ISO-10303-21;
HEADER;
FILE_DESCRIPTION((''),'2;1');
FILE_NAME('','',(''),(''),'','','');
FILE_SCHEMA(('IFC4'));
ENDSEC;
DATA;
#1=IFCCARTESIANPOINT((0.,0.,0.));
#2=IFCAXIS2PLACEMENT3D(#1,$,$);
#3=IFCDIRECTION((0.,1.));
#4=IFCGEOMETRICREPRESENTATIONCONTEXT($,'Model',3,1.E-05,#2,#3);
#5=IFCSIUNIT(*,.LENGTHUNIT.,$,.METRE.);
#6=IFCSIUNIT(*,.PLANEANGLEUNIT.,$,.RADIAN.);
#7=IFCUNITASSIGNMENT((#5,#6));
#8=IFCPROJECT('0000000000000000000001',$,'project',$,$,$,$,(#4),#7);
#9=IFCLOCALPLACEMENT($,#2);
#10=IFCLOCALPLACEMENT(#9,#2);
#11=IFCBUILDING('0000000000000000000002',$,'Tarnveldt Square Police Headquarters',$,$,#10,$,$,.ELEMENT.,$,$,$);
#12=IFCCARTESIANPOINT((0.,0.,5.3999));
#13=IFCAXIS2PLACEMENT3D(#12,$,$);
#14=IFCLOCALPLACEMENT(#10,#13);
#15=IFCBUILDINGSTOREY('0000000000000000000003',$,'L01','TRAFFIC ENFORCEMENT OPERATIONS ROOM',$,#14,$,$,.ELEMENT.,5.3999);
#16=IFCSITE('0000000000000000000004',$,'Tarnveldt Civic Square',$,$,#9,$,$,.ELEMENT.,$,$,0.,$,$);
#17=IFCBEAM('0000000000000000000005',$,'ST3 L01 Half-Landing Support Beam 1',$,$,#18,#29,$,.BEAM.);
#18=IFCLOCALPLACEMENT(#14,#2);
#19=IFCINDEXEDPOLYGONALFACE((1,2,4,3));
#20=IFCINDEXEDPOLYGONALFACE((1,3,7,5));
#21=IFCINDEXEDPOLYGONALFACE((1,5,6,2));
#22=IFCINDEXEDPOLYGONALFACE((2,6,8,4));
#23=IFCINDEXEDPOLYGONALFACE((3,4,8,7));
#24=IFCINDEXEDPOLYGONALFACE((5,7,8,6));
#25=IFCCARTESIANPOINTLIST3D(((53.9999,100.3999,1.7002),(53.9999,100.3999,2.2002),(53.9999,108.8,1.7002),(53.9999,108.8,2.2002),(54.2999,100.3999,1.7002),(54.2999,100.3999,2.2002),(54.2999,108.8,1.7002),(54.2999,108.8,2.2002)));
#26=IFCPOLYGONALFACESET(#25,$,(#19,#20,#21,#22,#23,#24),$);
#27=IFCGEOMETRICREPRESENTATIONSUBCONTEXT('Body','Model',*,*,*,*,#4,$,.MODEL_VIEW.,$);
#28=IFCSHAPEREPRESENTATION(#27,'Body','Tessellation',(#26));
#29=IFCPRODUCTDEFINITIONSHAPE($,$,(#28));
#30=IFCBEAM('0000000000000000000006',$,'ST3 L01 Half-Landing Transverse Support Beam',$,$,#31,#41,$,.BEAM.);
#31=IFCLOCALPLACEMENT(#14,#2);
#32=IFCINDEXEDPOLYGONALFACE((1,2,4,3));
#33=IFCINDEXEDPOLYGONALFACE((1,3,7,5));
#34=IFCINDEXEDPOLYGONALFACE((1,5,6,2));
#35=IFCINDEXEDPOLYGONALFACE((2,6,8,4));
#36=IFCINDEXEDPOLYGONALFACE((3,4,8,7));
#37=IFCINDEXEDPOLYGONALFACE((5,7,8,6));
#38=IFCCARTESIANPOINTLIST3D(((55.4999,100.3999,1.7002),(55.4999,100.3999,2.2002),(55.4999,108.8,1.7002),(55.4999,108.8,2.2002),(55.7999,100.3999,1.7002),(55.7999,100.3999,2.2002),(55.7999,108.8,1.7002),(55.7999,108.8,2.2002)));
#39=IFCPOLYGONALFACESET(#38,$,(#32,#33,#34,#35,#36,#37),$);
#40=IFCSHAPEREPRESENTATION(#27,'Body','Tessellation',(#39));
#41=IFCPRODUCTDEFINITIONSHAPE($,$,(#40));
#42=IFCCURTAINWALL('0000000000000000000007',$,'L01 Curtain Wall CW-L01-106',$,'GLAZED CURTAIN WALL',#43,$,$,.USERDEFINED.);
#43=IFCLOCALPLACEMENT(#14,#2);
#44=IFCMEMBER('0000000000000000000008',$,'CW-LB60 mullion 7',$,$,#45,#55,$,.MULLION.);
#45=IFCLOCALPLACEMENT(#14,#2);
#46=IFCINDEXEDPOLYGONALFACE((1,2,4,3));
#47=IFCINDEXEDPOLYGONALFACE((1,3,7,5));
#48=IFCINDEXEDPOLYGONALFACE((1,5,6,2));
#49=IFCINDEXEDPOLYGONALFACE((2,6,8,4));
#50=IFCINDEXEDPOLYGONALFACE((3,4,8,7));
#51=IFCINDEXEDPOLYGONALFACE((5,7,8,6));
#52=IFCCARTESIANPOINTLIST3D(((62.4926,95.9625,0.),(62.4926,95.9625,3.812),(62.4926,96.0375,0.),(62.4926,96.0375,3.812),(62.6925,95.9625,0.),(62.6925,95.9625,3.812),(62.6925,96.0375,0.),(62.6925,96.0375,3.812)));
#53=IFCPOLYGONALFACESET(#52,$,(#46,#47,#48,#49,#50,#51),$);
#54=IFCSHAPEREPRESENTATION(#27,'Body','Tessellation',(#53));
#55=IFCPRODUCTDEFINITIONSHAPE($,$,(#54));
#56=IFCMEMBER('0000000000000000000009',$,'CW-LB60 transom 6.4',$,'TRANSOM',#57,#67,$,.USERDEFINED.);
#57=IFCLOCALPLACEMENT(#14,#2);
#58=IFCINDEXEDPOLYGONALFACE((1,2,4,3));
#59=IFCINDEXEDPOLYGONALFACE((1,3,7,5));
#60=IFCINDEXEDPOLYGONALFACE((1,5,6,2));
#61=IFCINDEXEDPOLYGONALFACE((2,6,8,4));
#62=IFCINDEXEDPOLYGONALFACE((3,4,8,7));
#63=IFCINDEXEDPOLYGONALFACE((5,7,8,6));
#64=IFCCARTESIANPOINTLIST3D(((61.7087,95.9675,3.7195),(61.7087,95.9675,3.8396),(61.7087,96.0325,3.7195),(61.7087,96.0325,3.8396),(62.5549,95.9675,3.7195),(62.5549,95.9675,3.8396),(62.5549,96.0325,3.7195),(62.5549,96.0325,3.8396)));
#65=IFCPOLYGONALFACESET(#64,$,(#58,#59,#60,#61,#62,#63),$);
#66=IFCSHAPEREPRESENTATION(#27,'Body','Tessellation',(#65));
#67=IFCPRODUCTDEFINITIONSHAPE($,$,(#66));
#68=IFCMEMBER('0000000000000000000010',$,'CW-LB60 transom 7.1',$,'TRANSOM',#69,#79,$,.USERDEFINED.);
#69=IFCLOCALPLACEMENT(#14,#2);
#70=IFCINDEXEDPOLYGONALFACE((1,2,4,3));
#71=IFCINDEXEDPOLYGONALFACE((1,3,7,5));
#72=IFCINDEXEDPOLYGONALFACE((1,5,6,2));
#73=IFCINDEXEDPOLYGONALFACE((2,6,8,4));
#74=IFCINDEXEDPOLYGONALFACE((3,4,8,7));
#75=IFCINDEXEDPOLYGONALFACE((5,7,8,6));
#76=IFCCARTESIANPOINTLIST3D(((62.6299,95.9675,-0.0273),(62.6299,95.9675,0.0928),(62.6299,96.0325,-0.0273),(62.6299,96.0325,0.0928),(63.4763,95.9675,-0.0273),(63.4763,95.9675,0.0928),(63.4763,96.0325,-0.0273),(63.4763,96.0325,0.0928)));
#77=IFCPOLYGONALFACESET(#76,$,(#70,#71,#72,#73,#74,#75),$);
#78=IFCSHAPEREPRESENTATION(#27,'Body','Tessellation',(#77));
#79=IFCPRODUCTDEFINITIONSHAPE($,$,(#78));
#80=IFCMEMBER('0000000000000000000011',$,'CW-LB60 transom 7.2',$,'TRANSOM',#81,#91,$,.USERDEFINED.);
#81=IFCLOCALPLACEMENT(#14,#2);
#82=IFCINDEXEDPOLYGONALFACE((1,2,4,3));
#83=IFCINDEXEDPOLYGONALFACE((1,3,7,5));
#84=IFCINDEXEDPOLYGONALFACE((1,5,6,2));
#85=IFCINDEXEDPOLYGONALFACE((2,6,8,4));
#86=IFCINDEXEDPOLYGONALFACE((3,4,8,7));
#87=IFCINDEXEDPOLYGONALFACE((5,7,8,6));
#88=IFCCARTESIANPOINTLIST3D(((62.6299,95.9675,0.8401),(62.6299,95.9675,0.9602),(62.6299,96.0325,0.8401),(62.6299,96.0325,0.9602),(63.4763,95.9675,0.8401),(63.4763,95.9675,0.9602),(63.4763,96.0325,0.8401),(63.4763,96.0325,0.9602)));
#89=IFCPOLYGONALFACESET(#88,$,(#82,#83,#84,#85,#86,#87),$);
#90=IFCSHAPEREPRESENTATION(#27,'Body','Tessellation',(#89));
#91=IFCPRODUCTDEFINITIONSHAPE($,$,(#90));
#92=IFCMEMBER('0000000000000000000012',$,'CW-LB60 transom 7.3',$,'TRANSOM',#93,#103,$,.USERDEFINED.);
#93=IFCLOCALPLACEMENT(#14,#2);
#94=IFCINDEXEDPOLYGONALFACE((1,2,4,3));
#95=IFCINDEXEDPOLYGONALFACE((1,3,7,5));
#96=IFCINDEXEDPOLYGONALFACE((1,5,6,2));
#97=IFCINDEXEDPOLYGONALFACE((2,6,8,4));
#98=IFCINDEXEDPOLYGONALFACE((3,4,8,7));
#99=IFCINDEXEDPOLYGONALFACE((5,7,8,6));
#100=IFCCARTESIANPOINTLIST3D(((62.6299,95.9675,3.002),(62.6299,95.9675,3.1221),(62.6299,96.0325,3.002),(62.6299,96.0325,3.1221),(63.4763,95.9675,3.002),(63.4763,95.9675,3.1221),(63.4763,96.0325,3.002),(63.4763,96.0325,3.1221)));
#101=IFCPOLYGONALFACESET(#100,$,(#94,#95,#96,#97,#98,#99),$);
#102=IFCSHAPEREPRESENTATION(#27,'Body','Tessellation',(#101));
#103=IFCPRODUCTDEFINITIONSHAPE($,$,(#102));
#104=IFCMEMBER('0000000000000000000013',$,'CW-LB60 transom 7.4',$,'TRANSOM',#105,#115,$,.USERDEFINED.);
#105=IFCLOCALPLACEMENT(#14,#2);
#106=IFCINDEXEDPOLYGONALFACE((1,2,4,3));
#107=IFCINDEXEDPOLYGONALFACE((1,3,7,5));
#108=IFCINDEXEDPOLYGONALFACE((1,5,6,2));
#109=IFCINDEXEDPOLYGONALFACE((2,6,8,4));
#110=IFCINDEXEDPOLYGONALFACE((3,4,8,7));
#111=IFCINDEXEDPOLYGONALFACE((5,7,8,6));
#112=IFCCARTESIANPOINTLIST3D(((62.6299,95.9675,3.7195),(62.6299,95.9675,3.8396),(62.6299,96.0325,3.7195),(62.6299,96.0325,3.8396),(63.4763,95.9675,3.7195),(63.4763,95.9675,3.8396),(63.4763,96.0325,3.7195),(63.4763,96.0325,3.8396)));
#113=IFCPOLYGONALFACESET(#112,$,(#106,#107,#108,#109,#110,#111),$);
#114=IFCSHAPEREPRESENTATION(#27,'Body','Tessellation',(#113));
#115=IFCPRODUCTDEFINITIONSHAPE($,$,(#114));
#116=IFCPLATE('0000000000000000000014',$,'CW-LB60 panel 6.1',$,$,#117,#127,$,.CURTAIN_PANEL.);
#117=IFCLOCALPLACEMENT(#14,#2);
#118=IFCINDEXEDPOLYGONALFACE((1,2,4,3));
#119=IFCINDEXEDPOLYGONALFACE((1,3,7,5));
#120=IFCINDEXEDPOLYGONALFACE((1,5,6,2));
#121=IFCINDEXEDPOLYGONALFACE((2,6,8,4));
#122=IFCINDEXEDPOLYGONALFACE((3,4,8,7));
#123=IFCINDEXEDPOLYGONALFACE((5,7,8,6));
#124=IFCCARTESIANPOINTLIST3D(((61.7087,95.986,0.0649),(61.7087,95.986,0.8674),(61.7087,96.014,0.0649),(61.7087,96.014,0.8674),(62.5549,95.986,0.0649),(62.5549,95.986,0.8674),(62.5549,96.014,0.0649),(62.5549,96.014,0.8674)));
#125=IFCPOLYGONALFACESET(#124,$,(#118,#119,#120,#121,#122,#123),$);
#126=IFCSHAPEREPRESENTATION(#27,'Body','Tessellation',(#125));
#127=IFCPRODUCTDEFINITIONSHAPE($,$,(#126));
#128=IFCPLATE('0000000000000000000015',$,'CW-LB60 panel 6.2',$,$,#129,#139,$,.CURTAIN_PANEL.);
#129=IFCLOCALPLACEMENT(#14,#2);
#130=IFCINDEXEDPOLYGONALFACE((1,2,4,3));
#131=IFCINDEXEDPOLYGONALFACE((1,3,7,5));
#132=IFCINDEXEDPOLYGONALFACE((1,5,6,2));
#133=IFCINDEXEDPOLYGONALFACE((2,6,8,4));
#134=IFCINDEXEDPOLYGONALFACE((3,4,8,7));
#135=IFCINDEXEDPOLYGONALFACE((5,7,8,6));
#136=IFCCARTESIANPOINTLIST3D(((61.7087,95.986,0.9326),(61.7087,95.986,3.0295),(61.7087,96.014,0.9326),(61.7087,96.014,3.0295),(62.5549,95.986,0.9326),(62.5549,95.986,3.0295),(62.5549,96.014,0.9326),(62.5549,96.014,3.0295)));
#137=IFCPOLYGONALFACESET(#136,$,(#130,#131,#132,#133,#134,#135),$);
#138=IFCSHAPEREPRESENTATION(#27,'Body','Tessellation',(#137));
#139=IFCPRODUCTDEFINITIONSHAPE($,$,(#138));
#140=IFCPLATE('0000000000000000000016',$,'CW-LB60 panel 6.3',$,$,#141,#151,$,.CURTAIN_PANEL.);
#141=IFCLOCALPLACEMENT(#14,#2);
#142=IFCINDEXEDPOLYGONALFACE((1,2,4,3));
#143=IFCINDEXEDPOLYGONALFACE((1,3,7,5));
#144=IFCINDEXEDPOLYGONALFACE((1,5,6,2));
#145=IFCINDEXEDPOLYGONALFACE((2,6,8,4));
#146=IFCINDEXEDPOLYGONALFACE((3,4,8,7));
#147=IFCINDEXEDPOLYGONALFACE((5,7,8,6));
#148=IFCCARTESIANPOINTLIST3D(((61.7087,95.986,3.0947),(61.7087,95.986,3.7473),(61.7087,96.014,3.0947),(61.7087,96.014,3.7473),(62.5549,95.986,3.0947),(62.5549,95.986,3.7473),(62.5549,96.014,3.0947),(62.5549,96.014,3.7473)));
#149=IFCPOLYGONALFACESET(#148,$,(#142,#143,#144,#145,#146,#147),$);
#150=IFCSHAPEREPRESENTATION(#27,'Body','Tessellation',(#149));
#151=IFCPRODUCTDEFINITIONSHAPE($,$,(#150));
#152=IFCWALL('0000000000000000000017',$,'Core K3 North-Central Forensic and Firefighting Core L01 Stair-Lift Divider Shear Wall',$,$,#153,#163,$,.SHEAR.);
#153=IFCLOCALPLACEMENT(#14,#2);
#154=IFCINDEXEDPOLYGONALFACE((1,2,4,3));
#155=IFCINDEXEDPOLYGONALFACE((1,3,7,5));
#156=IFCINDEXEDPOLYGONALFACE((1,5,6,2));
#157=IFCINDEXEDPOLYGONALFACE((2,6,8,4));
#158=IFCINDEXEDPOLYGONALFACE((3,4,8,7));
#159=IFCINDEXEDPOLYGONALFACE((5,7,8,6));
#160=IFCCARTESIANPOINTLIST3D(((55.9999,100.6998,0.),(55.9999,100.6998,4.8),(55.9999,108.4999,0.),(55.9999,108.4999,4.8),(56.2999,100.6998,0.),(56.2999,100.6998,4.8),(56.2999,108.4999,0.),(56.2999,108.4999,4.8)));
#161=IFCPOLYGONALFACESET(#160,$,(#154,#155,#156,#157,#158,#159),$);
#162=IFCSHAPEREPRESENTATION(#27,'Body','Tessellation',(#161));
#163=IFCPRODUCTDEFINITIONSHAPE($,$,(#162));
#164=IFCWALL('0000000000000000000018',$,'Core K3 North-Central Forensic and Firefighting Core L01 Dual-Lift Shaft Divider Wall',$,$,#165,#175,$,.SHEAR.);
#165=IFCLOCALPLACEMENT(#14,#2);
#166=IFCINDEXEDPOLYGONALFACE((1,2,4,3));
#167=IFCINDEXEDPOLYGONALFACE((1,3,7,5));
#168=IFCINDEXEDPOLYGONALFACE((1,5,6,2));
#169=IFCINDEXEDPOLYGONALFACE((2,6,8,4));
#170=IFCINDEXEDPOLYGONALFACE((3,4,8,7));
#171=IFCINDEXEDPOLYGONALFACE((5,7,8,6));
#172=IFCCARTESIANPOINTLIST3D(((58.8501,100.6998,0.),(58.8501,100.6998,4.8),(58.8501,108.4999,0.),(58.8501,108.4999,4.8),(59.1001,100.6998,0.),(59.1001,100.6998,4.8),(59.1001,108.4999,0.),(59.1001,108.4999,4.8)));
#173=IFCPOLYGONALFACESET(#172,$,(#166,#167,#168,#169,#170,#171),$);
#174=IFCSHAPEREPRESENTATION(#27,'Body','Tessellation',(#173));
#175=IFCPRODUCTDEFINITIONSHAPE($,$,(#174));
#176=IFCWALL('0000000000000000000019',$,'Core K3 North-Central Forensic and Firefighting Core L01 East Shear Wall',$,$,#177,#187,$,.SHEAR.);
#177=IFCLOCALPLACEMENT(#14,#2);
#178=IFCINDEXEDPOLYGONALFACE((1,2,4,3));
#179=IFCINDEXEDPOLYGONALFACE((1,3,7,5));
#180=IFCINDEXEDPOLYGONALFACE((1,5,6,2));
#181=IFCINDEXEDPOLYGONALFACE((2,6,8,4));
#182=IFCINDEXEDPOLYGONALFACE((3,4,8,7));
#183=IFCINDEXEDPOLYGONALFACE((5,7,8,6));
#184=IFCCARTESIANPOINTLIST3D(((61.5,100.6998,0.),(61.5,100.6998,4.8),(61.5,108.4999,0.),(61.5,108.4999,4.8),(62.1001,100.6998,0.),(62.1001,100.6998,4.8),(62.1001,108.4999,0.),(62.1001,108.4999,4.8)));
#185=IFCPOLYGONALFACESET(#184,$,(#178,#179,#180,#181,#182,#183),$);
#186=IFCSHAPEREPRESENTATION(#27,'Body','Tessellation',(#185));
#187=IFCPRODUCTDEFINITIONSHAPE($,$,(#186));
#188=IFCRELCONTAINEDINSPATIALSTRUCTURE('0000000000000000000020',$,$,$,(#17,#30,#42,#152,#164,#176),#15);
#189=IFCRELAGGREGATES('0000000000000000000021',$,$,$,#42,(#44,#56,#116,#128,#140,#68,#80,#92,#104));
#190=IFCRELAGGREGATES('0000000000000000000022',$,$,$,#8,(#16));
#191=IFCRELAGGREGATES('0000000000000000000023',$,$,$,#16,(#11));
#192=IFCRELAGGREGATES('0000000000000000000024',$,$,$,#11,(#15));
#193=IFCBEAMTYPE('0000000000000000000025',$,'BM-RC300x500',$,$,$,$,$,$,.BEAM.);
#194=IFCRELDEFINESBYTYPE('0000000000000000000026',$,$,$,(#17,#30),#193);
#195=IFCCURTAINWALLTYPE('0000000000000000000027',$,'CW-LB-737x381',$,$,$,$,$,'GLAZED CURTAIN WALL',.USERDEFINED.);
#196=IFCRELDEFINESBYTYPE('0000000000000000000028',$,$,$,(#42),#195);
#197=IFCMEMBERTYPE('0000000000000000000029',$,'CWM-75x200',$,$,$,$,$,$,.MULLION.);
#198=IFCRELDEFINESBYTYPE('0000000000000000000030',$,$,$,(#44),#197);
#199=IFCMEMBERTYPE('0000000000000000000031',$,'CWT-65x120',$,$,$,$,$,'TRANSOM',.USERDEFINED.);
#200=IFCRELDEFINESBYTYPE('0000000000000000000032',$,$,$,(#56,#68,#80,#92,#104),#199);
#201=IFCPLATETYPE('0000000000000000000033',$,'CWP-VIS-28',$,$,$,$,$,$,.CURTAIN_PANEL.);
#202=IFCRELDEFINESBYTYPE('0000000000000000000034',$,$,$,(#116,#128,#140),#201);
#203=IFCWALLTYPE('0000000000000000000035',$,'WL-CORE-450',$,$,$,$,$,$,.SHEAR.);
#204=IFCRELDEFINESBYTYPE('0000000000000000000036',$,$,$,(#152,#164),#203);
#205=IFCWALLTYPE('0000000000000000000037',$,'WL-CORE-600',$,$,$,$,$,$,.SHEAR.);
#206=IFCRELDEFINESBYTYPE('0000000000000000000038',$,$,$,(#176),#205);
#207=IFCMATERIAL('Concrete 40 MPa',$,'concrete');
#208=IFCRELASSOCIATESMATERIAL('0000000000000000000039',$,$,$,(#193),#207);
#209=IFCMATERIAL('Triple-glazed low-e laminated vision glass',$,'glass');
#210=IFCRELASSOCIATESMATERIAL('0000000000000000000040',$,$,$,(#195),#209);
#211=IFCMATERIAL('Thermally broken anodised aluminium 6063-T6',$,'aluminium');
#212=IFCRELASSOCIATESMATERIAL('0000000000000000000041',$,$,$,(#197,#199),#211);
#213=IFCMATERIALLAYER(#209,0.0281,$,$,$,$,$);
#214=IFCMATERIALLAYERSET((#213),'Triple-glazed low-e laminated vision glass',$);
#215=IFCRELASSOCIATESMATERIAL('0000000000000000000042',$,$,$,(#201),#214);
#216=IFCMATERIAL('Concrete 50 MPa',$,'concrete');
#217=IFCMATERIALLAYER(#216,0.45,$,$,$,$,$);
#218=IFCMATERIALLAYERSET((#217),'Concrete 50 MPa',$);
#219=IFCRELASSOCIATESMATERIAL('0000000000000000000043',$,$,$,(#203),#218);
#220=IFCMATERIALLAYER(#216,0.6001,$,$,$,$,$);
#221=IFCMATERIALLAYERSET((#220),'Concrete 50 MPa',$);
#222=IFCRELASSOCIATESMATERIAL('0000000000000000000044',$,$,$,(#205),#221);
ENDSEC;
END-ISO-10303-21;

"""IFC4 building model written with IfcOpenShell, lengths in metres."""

from ifc_helpers import new_model, si_unit, direction, frame, frame_2d, origin, origin_2d, place, context, subcontext, project, spatial, rectangle, extrude, material, layer, layer_set, material_profile, profile_set, type_object, element, aggregate, save


model = new_model("IFC4")

# Units and contexts
model_context = context("Model", 3, precision=1e-05, world=origin(), true_north=direction((0.0, 1.0)))
body_context = subcontext(model_context, "Body", "Model", "MODEL_VIEW")
ifc_project = project(units=[si_unit("LENGTHUNIT", "METRE"), si_unit("PLANEANGLEUNIT", "RADIAN")], contexts=[model_context])

# Site, building, storey
site_placement = place(None, origin())
site = spatial("IfcSite", under=ifc_project, at=site_placement, Name="Tarnveldt Civic Square", CompositionType="ELEMENT", RefElevation=0.0)
building_placement = place(site_placement, origin())
building = spatial("IfcBuilding", under=site, at=building_placement, Name="Tarnveldt Square Police Headquarters", CompositionType="ELEMENT")
storey_placement = place(building_placement, frame((0.0, 0.0, 5.3999)))
storey = spatial("IfcBuildingStorey", under=building, at=storey_placement, Name="L01", Description="TRAFFIC ENFORCEMENT OPERATIONS ROOM", CompositionType="ELEMENT", Elevation=5.3999)

# Beams
ifc_material_1 = material(Name="Concrete 40 MPa", Category="concrete")
ifc_material_profile_1 = material_profile(ifc_material_1, rectangle(XDim=0.3, YDim=0.5, at=origin_2d()), Name="RC-B300x500")
ifc_profile_set_1 = profile_set([ifc_material_profile_1], Name="Concrete 40 MPa")
beam_type = type_object("IfcBeamType", Name="BM-RC300x500", PredefinedType="BEAM", material=ifc_profile_set_1)
for number, where, z_axis, x_axis, name in (
    (1, (54.1499, 100.3999, 1.9502), (0.0, 1.0, 0.0), (-1.0, 0.0, 0.0), "ST3 L01 Half-Landing Support Beam 1"),
    (2, (55.6499, 100.3999, 1.9502), (0.0, 1.0, 0.0), (-1.0, 0.0, 0.0), "ST3 L01 Half-Landing Transverse Support Beam"),
):
    element("IfcBeam", number, at=place(storey_placement, frame(where, z_axis=z_axis, x_axis=x_axis)), inside=storey, type_object=beam_type, Name=name, PredefinedType="BEAM", context=body_context, shape_type="SweptSolid", body=[
        extrude(rectangle(XDim=0.3, YDim=0.5, at=origin_2d()), origin(), (0.0, 0.0, 1.0), 8.4001),
    ])

# Curtain wall, members, plates
ifc_material_2 = material(Name="Triple-glazed low-e laminated vision glass", Category="glass")
curtain_wall_type = type_object("IfcCurtainWallType", Name="CW-LB-737x381", ElementType="GLAZED CURTAIN WALL", PredefinedType="USERDEFINED", material=ifc_material_2)
curtain_wall_placement = place(storey_placement, origin())
curtain_wall = element("IfcCurtainWall", 3, at=curtain_wall_placement, inside=storey, type_object=curtain_wall_type, Name="L01 Curtain Wall CW-L01-106", ObjectType="GLAZED CURTAIN WALL", PredefinedType="USERDEFINED")
ifc_material_3 = material(Name="Thermally broken anodised aluminium 6063-T6", Category="aluminium")
ifc_material_profile_2 = material_profile(ifc_material_3, rectangle(XDim=0.075, YDim=0.2, at=origin_2d()), Name="CW-M75x200")
ifc_profile_set_2 = profile_set([ifc_material_profile_2], Name="Thermally broken anodised aluminium 6063-T6")
member_type_1 = type_object("IfcMemberType", Name="CWM-75x200", PredefinedType="MULLION", material=ifc_profile_set_2)
member_1_placement = place(storey_placement, frame((62.5925, 96.0, 0.0), z_axis=(0.0, 0.0, 1.0), x_axis=(0.0, 1.0, 0.0)))
member_1 = element("IfcMember", 4, at=member_1_placement, type_object=member_type_1, Name="CW-LB60 mullion 7", PredefinedType="MULLION", context=body_context, shape_type="SweptSolid", body=[
    extrude(rectangle(XDim=0.075, YDim=0.2, at=origin_2d()), origin(), (0.0, 0.0, 1.0), 3.812),
])
ifc_material_profile_3 = material_profile(ifc_material_3, rectangle(XDim=0.0649, YDim=0.1201, at=origin_2d()), Name="CW-T65x120")
ifc_profile_set_3 = profile_set([ifc_material_profile_3], Name="Thermally broken anodised aluminium 6063-T6")
member_type_2 = type_object("IfcMemberType", Name="CWT-65x120", ElementType="TRANSOM", PredefinedType="USERDEFINED", material=ifc_profile_set_3)
member_2_placement = place(storey_placement, frame((61.7087, 96.0, 3.7795), z_axis=(1.0, 0.0, 0.0), x_axis=(0.0, 1.0, 0.0)))
member_2 = element("IfcMember", 5, at=member_2_placement, type_object=member_type_2, Name="CW-LB60 transom 6.4", ObjectType="TRANSOM", PredefinedType="USERDEFINED", context=body_context, shape_type="SweptSolid", body=[
    extrude(rectangle(XDim=0.0649, YDim=0.1201, at=origin_2d()), origin(), (0.0, 0.0, 1.0), 0.8462),
])
member_3_placement = place(storey_placement, frame((62.6299, 96.0, 0.0327), z_axis=(1.0, 0.0, 0.0), x_axis=(0.0, 1.0, 0.0)))
member_3 = element("IfcMember", 6, at=member_3_placement, type_object=member_type_2, Name="CW-LB60 transom 7.1", ObjectType="TRANSOM", PredefinedType="USERDEFINED", context=body_context, shape_type="SweptSolid", body=[
    extrude(rectangle(XDim=0.0649, YDim=0.1201, at=origin_2d()), origin(), (0.0, 0.0, 1.0), 0.8464),
])
member_4_placement = place(storey_placement, frame((62.6299, 96.0, 0.9001), z_axis=(1.0, 0.0, 0.0), x_axis=(0.0, 1.0, 0.0)))
member_4 = element("IfcMember", 7, at=member_4_placement, type_object=member_type_2, Name="CW-LB60 transom 7.2", ObjectType="TRANSOM", PredefinedType="USERDEFINED", context=body_context, shape_type="SweptSolid", body=[
    extrude(rectangle(XDim=0.0649, YDim=0.1201, at=origin_2d()), origin(), (0.0, 0.0, 1.0), 0.8464),
])
member_5_placement = place(storey_placement, frame((62.6299, 96.0, 3.062), z_axis=(1.0, 0.0, 0.0), x_axis=(0.0, 1.0, 0.0)))
member_5 = element("IfcMember", 8, at=member_5_placement, type_object=member_type_2, Name="CW-LB60 transom 7.3", ObjectType="TRANSOM", PredefinedType="USERDEFINED", context=body_context, shape_type="SweptSolid", body=[
    extrude(rectangle(XDim=0.0649, YDim=0.1201, at=origin_2d()), origin(), (0.0, 0.0, 1.0), 0.8464),
])
member_6_placement = place(storey_placement, frame((62.6299, 96.0, 3.7795), z_axis=(1.0, 0.0, 0.0), x_axis=(0.0, 1.0, 0.0)))
member_6 = element("IfcMember", 9, at=member_6_placement, type_object=member_type_2, Name="CW-LB60 transom 7.4", ObjectType="TRANSOM", PredefinedType="USERDEFINED", context=body_context, shape_type="SweptSolid", body=[
    extrude(rectangle(XDim=0.0649, YDim=0.1201, at=origin_2d()), origin(), (0.0, 0.0, 1.0), 0.8464),
])
ifc_layer_1 = layer(ifc_material_2, 0.0281)
ifc_layer_set_1 = layer_set([ifc_layer_1], Name="Triple-glazed low-e laminated vision glass")
plate_type = type_object("IfcPlateType", Name="CWP-VIS-28", PredefinedType="CURTAIN_PANEL", material=ifc_layer_set_1)
plate_1_placement = place(storey_placement, frame((62.1318, 96.0, 0.0649), z_axis=(0.0, 0.0, 1.0), x_axis=(1.0, 0.0, 0.0)))
plate_1 = element("IfcPlate", 10, at=plate_1_placement, type_object=plate_type, Name="CW-LB60 panel 6.1", PredefinedType="CURTAIN_PANEL", context=body_context, shape_type="SweptSolid", body=[
    extrude(rectangle(XDim=0.8462, YDim=0.0281, at=origin_2d()), origin(), (0.0, 0.0, 1.0), 0.8025),
])
plate_2_placement = place(storey_placement, frame((62.1318, 96.0, 0.9326), z_axis=(0.0, 0.0, 1.0), x_axis=(1.0, 0.0, 0.0)))
plate_2 = element("IfcPlate", 11, at=plate_2_placement, type_object=plate_type, Name="CW-LB60 panel 6.2", PredefinedType="CURTAIN_PANEL", context=body_context, shape_type="SweptSolid", body=[
    extrude(rectangle(XDim=0.8462, YDim=0.0281, at=origin_2d()), origin(), (0.0, 0.0, 1.0), 2.0969),
])
plate_3_placement = place(storey_placement, frame((62.1318, 96.0, 3.0947), z_axis=(0.0, 0.0, 1.0), x_axis=(1.0, 0.0, 0.0)))
plate_3 = element("IfcPlate", 12, at=plate_3_placement, type_object=plate_type, Name="CW-LB60 panel 6.3", PredefinedType="CURTAIN_PANEL", context=body_context, shape_type="SweptSolid", body=[
    extrude(rectangle(XDim=0.8462, YDim=0.0281, at=origin_2d()), origin(), (0.0, 0.0, 1.0), 0.6526),
])
aggregate(curtain_wall, [member_1, member_2, plate_1, plate_2, plate_3, member_3, member_4, member_5, member_6])

# Walls
ifc_material_4 = material(Name="Concrete 50 MPa", Category="concrete")
ifc_layer_2 = layer(ifc_material_4, 0.45)
ifc_layer_set_2 = layer_set([ifc_layer_2], Name="Concrete 50 MPa")
wall_type_1 = type_object("IfcWallType", Name="WL-CORE-450", PredefinedType="SHEAR", material=ifc_layer_set_2)
wall_1_placement = place(storey_placement, frame((56.1499, 100.7, 0.0), z_axis=(0.0, 0.0, 1.0), x_axis=(0.0, 1.0, 0.0)))
element("IfcWall", 13, at=wall_1_placement, inside=storey, type_object=wall_type_1, Name="Core K3 North-Central Forensic and Firefighting Core L01 Stair-Lift Divider Shear Wall", PredefinedType="SHEAR", context=body_context, shape_type="SweptSolid", body=[
    extrude(rectangle(XDim=7.8, YDim=0.3, at=frame_2d((3.8999, 0.0))), origin(), (0.0, 0.0, 1.0), 4.8),
])
wall_2_placement = place(storey_placement, frame((58.9751, 100.7, 0.0), z_axis=(0.0, 0.0, 1.0), x_axis=(0.0, 1.0, 0.0)))
element("IfcWall", 14, at=wall_2_placement, inside=storey, type_object=wall_type_1, Name="Core K3 North-Central Forensic and Firefighting Core L01 Dual-Lift Shaft Divider Wall", PredefinedType="SHEAR", context=body_context, shape_type="SweptSolid", body=[
    extrude(rectangle(XDim=7.8, YDim=0.25, at=frame_2d((3.8999, 0.0))), origin(), (0.0, 0.0, 1.0), 4.8),
])
ifc_layer_3 = layer(ifc_material_4, 0.6001)
ifc_layer_set_3 = layer_set([ifc_layer_3], Name="Concrete 50 MPa")
wall_type_2 = type_object("IfcWallType", Name="WL-CORE-600", PredefinedType="SHEAR", material=ifc_layer_set_3)
wall_3_placement = place(storey_placement, frame((61.8, 100.7, 0.0), z_axis=(0.0, 0.0, 1.0), x_axis=(0.0, 1.0, 0.0)))
element("IfcWall", 15, at=wall_3_placement, inside=storey, type_object=wall_type_2, Name="Core K3 North-Central Forensic and Firefighting Core L01 East Shear Wall", PredefinedType="SHEAR", context=body_context, shape_type="SweptSolid", body=[
    extrude(rectangle(XDim=7.8, YDim=0.6001, at=frame_2d((3.8999, 0.0))), origin(), (0.0, 0.0, 1.0), 4.8),
])

save(model, "model.ifc")
